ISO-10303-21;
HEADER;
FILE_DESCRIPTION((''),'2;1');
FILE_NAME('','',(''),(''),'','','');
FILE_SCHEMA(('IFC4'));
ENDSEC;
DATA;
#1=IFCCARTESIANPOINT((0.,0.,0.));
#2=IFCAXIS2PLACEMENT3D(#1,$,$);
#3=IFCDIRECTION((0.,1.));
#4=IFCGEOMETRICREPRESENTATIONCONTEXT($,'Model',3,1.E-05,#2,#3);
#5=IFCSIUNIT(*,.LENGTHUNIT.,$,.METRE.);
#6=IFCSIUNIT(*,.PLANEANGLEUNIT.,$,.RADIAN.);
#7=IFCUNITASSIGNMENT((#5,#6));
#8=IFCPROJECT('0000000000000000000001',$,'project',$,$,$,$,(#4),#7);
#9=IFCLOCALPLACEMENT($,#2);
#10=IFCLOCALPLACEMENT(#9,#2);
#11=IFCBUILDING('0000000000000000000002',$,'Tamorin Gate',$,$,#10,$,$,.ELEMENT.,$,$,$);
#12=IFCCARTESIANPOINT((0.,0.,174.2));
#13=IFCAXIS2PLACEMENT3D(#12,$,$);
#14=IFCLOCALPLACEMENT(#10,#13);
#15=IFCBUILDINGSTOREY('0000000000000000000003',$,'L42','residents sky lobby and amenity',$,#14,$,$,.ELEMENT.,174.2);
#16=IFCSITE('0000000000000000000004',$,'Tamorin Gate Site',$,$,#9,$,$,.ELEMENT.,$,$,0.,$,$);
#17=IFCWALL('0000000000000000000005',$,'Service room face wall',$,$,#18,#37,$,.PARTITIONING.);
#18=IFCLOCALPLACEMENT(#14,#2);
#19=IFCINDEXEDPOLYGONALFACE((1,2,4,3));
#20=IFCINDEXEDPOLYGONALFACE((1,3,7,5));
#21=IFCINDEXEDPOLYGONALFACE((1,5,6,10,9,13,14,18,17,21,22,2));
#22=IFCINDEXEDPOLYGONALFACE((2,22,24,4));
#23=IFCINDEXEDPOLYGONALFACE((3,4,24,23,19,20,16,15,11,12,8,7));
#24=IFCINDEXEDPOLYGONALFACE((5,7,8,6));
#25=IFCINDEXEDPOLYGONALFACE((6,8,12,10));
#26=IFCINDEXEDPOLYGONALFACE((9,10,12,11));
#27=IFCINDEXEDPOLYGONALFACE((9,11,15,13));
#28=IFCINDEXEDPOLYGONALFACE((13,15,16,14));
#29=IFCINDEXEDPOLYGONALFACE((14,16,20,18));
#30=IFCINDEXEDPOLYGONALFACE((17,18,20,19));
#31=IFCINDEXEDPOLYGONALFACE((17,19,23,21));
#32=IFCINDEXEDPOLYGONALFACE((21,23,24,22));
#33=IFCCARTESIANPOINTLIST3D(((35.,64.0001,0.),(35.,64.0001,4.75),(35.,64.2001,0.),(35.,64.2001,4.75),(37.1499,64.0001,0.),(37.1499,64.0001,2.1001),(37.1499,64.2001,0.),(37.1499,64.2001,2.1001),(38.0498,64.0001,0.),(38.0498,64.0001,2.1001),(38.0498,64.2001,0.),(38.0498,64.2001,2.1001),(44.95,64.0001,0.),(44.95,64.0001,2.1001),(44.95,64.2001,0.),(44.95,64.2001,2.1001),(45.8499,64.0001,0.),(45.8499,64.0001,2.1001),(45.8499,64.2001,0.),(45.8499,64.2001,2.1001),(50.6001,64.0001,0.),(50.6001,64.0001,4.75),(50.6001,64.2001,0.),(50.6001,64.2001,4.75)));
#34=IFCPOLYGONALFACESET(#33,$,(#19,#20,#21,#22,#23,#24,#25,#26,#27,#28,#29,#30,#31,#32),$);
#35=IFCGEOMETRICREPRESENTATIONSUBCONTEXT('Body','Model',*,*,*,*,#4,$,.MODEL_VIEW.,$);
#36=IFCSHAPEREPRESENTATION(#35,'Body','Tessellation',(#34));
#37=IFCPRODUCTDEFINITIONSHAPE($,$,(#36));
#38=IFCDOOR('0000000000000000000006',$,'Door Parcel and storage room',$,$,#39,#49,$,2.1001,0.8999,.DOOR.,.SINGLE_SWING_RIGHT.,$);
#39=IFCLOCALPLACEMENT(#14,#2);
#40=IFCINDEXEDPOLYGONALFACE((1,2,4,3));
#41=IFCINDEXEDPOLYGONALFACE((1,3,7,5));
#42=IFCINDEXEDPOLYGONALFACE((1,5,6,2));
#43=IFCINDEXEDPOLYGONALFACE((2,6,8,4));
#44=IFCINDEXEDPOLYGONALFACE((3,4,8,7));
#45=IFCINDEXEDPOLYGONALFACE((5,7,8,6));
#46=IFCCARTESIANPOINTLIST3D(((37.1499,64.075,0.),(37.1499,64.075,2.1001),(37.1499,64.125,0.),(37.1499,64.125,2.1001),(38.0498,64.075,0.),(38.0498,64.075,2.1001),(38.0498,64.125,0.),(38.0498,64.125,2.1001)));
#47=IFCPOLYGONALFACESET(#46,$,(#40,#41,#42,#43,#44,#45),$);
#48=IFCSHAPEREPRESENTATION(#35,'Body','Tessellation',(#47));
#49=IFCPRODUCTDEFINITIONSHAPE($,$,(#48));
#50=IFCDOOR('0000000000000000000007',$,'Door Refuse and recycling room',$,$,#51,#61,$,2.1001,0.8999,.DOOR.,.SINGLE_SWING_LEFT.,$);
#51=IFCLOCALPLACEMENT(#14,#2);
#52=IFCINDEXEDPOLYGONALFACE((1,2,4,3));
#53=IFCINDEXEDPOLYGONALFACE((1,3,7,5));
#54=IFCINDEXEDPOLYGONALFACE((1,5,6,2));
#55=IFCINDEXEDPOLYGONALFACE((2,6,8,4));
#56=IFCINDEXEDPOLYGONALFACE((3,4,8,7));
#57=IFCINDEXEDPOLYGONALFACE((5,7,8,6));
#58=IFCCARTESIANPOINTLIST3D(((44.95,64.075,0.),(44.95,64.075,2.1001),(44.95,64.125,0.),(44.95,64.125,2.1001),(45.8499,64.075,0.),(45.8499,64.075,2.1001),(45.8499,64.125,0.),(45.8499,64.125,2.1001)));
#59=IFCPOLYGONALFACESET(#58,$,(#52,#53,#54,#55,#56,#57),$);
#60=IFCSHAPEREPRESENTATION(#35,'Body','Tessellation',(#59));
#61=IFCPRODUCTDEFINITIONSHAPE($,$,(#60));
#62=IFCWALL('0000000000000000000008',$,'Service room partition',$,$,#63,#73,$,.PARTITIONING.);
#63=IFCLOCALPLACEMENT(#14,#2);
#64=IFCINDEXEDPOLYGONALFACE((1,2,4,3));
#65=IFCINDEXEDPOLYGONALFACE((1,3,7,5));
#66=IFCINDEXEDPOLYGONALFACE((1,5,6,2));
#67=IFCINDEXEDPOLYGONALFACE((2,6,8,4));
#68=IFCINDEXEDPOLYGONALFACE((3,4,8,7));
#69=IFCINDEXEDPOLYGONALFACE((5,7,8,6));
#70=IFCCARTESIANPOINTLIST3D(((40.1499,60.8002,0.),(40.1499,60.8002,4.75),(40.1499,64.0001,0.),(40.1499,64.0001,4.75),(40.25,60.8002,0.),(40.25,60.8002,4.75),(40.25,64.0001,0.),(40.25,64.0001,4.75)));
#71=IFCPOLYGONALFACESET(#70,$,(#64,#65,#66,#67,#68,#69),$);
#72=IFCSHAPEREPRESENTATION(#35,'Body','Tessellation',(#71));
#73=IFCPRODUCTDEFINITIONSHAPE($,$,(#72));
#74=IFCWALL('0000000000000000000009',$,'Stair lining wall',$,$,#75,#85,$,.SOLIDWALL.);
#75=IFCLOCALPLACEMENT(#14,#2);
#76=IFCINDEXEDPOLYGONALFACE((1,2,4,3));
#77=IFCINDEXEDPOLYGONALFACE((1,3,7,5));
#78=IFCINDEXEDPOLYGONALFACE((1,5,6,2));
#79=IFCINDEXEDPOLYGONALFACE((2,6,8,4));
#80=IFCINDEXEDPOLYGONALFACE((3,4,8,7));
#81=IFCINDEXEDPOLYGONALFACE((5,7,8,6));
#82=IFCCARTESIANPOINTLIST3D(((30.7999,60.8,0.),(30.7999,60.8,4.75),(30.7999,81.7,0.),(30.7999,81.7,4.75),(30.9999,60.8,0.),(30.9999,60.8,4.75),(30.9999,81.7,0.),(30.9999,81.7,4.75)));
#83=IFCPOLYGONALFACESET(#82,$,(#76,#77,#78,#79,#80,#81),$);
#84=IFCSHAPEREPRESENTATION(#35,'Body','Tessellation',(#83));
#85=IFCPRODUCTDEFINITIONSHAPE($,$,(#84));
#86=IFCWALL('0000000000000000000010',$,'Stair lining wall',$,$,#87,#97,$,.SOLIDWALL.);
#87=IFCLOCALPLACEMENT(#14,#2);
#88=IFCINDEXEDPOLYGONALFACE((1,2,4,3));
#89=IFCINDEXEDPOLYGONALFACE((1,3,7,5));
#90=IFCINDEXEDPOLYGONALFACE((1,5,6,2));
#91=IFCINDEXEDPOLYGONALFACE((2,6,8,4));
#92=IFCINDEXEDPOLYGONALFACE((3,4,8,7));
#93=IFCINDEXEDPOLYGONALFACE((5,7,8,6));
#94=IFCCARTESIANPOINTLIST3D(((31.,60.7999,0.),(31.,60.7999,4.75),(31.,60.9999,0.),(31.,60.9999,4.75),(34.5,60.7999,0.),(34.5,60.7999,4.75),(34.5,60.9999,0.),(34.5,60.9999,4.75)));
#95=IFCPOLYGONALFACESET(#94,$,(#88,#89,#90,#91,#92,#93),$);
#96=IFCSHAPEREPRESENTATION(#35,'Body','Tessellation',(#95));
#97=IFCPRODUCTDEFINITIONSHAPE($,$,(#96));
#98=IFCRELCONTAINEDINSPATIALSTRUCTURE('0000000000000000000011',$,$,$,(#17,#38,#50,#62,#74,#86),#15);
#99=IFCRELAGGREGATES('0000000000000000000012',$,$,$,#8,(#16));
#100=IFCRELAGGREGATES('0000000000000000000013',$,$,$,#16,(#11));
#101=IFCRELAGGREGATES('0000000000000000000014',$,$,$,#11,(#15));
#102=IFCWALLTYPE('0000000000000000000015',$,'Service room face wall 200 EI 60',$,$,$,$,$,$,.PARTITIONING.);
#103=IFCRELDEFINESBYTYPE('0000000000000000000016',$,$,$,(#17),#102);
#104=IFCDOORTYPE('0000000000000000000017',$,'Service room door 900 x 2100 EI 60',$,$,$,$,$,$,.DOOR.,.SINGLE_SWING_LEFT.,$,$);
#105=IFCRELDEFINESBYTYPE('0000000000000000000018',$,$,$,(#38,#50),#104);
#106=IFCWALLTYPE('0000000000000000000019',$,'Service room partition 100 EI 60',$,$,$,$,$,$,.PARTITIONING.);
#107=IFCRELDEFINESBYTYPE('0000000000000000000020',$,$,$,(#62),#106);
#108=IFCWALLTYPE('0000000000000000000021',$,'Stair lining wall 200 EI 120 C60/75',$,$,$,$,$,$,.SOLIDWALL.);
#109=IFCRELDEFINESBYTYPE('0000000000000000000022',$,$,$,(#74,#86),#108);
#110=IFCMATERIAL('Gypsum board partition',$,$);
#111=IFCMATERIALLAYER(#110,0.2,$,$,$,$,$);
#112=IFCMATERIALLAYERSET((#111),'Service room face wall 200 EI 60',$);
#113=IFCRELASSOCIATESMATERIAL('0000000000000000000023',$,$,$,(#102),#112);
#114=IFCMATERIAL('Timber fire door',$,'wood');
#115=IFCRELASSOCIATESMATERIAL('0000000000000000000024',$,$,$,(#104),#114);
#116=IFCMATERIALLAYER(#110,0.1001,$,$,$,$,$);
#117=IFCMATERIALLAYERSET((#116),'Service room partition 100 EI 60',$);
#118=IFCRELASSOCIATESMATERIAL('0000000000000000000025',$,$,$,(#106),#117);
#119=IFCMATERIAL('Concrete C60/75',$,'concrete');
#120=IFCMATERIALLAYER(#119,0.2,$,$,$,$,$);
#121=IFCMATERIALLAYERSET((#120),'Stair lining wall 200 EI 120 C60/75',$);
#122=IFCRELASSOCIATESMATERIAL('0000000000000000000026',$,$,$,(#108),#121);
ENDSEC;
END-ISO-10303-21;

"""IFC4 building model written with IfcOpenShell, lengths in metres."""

from ifc_helpers import new_model, si_unit, direction, frame, frame_2d, origin, place, context, subcontext, project, spatial, rectangle, extrude, material, layer, layer_set, type_object, element, fill, save


model = new_model("IFC4")

# Units and contexts
model_context = context("Model", 3, precision=1e-05, world=origin(), true_north=direction((0.0, 1.0)))
body_context = subcontext(model_context, "Body", "Model", "MODEL_VIEW")
ifc_project = project(units=[si_unit("LENGTHUNIT", "METRE"), si_unit("PLANEANGLEUNIT", "RADIAN")], contexts=[model_context])

# Site, building, storey
site_placement = place(None, origin())
site = spatial("IfcSite", under=ifc_project, at=site_placement, Name="Tamorin Gate Site", CompositionType="ELEMENT", RefElevation=0.0)
building_placement = place(site_placement, origin())
building = spatial("IfcBuilding", under=site, at=building_placement, Name="Tamorin Gate", CompositionType="ELEMENT")
storey_placement = place(building_placement, frame((0.0, 0.0, 174.2)))
storey = spatial("IfcBuildingStorey", under=building, at=storey_placement, Name="L42", Description="residents sky lobby and amenity", CompositionType="ELEMENT", Elevation=174.2)

# Shared definitions
ifc_material_1 = material(Name="Gypsum board partition")
ifc_material_2 = material(Name="Concrete C60/75", Category="concrete")

# Wall, openings, doors
ifc_layer_1 = layer(ifc_material_1, 0.2)
ifc_layer_set_1 = layer_set([ifc_layer_1], Name="Service room face wall 200 EI 60")
wall_type_1 = type_object("IfcWallType", Name="Service room face wall 200 EI 60", PredefinedType="PARTITIONING", material=ifc_layer_set_1)
wall_1_placement = place(storey_placement, frame((35.0, 64.1001, 0.0), z_axis=(0.0, 0.0, 1.0), x_axis=(1.0, 0.0, 0.0)))
wall_1 = element("IfcWall", 1, at=wall_1_placement, inside=storey, type_object=wall_type_1, Name="Service room face wall", PredefinedType="PARTITIONING", context=body_context, shape_type="SweptSolid", body=[
    extrude(rectangle(XDim=15.6001, YDim=0.2, at=frame_2d((7.8, 0.0))), origin(), (0.0, 0.0, 1.0), 4.75),
])
opening_1_placement = place(wall_1_placement, frame((2.1499, 0.0, 0.0)))
opening_1 = element("IfcOpeningElement", 2, at=opening_1_placement, cuts=wall_1, PredefinedType="OPENING", context=body_context, shape_type="SweptSolid", body=[
    extrude(rectangle(XDim=0.8999, YDim=2.1001, at=frame_2d((0.45, 1.05))), frame((0.0, 0.1099, 0.0), z_axis=(0.0, -1.0, 0.0), x_axis=(1.0, 0.0, 0.0)), (0.0, 0.0, 1.0), 0.22),
])
opening_2_placement = place(wall_1_placement, frame((9.95, 0.0, 0.0)))
opening_2 = element("IfcOpeningElement", 3, at=opening_2_placement, cuts=wall_1, PredefinedType="OPENING", context=body_context, shape_type="SweptSolid", body=[
    extrude(rectangle(XDim=0.8999, YDim=2.1001, at=frame_2d((0.45, 1.05))), frame((0.0, 0.1099, 0.0), z_axis=(0.0, -1.0, 0.0), x_axis=(1.0, 0.0, 0.0)), (0.0, 0.0, 1.0), 0.22),
])
ifc_material_3 = material(Name="Timber fire door", Category="wood")
door_type_1 = type_object("IfcDoorType", Name="Service room door 900 x 2100 EI 60", OperationType="SINGLE_SWING_LEFT", PredefinedType="DOOR", material=ifc_material_3)
door_1_placement = place(opening_1_placement, origin())
door_1 = element("IfcDoor", 4, at=door_1_placement, inside=storey, type_object=door_type_1, Name="Door Parcel and storage room", OperationType="SINGLE_SWING_RIGHT", OverallHeight=2.1001, OverallWidth=0.8999, PredefinedType="DOOR", context=body_context, shape_type="SweptSolid", body=[
    extrude(rectangle(XDim=0.8999, YDim=2.1001, at=frame_2d((0.45, 1.05))), frame((0.0, 0.0249, 0.0), z_axis=(0.0, -1.0, 0.0), x_axis=(1.0, 0.0, 0.0)), (0.0, 0.0, 1.0), 0.05),
])
fill(opening_1, door_1)
door_2_placement = place(opening_2_placement, origin())
door_2 = element("IfcDoor", 5, at=door_2_placement, inside=storey, type_object=door_type_1, Name="Door Refuse and recycling room", OperationType="SINGLE_SWING_LEFT", OverallHeight=2.1001, OverallWidth=0.8999, PredefinedType="DOOR", context=body_context, shape_type="SweptSolid", body=[
    extrude(rectangle(XDim=0.8999, YDim=2.1001, at=frame_2d((0.45, 1.05))), frame((0.0, 0.0249, 0.0), z_axis=(0.0, -1.0, 0.0), x_axis=(1.0, 0.0, 0.0)), (0.0, 0.0, 1.0), 0.05),
])
fill(opening_2, door_2)

# Walls
ifc_layer_2 = layer(ifc_material_1, 0.1001)
ifc_layer_set_2 = layer_set([ifc_layer_2], Name="Service room partition 100 EI 60")
wall_type_2 = type_object("IfcWallType", Name="Service room partition 100 EI 60", PredefinedType="PARTITIONING", material=ifc_layer_set_2)
wall_2_placement = place(storey_placement, frame((40.2, 60.8, 0.0), z_axis=(0.0, 0.0, 1.0), x_axis=(0.0, 1.0, 0.0)))
element("IfcWall", 6, at=wall_2_placement, inside=storey, type_object=wall_type_2, Name="Service room partition", PredefinedType="PARTITIONING", context=body_context, shape_type="SweptSolid", body=[
    extrude(rectangle(XDim=3.2, YDim=0.1001, at=frame_2d((1.6001, 0.0))), origin(), (0.0, 0.0, 1.0), 4.75),
])
ifc_layer_3 = layer(ifc_material_2, 0.2)
ifc_layer_set_3 = layer_set([ifc_layer_3], Name="Stair lining wall 200 EI 120 C60/75")
wall_type_3 = type_object("IfcWallType", Name="Stair lining wall 200 EI 120 C60/75", PredefinedType="SOLIDWALL", material=ifc_layer_set_3)
wall_3_placement = place(storey_placement, frame((30.8999, 60.8, 0.0), z_axis=(0.0, 0.0, 1.0), x_axis=(0.0, 1.0, 0.0)))
element("IfcWall", 7, at=wall_3_placement, inside=storey, type_object=wall_type_3, Name="Stair lining wall", PredefinedType="SOLIDWALL", context=body_context, shape_type="SweptSolid", body=[
    extrude(rectangle(XDim=20.8999, YDim=0.2, at=frame_2d((10.45, 0.0))), origin(), (0.0, 0.0, 1.0), 4.75),
])
wall_4_placement = place(storey_placement, frame((31.0, 60.8999, 0.0), z_axis=(0.0, 0.0, 1.0), x_axis=(1.0, 0.0, 0.0)))
element("IfcWall", 8, at=wall_4_placement, inside=storey, type_object=wall_type_3, Name="Stair lining wall", PredefinedType="SOLIDWALL", context=body_context, shape_type="SweptSolid", body=[
    extrude(rectangle(XDim=3.5, YDim=0.2, at=frame_2d((1.75, 0.0))), origin(), (0.0, 0.0, 1.0), 4.75),
])

save(model, "model.ifc")
